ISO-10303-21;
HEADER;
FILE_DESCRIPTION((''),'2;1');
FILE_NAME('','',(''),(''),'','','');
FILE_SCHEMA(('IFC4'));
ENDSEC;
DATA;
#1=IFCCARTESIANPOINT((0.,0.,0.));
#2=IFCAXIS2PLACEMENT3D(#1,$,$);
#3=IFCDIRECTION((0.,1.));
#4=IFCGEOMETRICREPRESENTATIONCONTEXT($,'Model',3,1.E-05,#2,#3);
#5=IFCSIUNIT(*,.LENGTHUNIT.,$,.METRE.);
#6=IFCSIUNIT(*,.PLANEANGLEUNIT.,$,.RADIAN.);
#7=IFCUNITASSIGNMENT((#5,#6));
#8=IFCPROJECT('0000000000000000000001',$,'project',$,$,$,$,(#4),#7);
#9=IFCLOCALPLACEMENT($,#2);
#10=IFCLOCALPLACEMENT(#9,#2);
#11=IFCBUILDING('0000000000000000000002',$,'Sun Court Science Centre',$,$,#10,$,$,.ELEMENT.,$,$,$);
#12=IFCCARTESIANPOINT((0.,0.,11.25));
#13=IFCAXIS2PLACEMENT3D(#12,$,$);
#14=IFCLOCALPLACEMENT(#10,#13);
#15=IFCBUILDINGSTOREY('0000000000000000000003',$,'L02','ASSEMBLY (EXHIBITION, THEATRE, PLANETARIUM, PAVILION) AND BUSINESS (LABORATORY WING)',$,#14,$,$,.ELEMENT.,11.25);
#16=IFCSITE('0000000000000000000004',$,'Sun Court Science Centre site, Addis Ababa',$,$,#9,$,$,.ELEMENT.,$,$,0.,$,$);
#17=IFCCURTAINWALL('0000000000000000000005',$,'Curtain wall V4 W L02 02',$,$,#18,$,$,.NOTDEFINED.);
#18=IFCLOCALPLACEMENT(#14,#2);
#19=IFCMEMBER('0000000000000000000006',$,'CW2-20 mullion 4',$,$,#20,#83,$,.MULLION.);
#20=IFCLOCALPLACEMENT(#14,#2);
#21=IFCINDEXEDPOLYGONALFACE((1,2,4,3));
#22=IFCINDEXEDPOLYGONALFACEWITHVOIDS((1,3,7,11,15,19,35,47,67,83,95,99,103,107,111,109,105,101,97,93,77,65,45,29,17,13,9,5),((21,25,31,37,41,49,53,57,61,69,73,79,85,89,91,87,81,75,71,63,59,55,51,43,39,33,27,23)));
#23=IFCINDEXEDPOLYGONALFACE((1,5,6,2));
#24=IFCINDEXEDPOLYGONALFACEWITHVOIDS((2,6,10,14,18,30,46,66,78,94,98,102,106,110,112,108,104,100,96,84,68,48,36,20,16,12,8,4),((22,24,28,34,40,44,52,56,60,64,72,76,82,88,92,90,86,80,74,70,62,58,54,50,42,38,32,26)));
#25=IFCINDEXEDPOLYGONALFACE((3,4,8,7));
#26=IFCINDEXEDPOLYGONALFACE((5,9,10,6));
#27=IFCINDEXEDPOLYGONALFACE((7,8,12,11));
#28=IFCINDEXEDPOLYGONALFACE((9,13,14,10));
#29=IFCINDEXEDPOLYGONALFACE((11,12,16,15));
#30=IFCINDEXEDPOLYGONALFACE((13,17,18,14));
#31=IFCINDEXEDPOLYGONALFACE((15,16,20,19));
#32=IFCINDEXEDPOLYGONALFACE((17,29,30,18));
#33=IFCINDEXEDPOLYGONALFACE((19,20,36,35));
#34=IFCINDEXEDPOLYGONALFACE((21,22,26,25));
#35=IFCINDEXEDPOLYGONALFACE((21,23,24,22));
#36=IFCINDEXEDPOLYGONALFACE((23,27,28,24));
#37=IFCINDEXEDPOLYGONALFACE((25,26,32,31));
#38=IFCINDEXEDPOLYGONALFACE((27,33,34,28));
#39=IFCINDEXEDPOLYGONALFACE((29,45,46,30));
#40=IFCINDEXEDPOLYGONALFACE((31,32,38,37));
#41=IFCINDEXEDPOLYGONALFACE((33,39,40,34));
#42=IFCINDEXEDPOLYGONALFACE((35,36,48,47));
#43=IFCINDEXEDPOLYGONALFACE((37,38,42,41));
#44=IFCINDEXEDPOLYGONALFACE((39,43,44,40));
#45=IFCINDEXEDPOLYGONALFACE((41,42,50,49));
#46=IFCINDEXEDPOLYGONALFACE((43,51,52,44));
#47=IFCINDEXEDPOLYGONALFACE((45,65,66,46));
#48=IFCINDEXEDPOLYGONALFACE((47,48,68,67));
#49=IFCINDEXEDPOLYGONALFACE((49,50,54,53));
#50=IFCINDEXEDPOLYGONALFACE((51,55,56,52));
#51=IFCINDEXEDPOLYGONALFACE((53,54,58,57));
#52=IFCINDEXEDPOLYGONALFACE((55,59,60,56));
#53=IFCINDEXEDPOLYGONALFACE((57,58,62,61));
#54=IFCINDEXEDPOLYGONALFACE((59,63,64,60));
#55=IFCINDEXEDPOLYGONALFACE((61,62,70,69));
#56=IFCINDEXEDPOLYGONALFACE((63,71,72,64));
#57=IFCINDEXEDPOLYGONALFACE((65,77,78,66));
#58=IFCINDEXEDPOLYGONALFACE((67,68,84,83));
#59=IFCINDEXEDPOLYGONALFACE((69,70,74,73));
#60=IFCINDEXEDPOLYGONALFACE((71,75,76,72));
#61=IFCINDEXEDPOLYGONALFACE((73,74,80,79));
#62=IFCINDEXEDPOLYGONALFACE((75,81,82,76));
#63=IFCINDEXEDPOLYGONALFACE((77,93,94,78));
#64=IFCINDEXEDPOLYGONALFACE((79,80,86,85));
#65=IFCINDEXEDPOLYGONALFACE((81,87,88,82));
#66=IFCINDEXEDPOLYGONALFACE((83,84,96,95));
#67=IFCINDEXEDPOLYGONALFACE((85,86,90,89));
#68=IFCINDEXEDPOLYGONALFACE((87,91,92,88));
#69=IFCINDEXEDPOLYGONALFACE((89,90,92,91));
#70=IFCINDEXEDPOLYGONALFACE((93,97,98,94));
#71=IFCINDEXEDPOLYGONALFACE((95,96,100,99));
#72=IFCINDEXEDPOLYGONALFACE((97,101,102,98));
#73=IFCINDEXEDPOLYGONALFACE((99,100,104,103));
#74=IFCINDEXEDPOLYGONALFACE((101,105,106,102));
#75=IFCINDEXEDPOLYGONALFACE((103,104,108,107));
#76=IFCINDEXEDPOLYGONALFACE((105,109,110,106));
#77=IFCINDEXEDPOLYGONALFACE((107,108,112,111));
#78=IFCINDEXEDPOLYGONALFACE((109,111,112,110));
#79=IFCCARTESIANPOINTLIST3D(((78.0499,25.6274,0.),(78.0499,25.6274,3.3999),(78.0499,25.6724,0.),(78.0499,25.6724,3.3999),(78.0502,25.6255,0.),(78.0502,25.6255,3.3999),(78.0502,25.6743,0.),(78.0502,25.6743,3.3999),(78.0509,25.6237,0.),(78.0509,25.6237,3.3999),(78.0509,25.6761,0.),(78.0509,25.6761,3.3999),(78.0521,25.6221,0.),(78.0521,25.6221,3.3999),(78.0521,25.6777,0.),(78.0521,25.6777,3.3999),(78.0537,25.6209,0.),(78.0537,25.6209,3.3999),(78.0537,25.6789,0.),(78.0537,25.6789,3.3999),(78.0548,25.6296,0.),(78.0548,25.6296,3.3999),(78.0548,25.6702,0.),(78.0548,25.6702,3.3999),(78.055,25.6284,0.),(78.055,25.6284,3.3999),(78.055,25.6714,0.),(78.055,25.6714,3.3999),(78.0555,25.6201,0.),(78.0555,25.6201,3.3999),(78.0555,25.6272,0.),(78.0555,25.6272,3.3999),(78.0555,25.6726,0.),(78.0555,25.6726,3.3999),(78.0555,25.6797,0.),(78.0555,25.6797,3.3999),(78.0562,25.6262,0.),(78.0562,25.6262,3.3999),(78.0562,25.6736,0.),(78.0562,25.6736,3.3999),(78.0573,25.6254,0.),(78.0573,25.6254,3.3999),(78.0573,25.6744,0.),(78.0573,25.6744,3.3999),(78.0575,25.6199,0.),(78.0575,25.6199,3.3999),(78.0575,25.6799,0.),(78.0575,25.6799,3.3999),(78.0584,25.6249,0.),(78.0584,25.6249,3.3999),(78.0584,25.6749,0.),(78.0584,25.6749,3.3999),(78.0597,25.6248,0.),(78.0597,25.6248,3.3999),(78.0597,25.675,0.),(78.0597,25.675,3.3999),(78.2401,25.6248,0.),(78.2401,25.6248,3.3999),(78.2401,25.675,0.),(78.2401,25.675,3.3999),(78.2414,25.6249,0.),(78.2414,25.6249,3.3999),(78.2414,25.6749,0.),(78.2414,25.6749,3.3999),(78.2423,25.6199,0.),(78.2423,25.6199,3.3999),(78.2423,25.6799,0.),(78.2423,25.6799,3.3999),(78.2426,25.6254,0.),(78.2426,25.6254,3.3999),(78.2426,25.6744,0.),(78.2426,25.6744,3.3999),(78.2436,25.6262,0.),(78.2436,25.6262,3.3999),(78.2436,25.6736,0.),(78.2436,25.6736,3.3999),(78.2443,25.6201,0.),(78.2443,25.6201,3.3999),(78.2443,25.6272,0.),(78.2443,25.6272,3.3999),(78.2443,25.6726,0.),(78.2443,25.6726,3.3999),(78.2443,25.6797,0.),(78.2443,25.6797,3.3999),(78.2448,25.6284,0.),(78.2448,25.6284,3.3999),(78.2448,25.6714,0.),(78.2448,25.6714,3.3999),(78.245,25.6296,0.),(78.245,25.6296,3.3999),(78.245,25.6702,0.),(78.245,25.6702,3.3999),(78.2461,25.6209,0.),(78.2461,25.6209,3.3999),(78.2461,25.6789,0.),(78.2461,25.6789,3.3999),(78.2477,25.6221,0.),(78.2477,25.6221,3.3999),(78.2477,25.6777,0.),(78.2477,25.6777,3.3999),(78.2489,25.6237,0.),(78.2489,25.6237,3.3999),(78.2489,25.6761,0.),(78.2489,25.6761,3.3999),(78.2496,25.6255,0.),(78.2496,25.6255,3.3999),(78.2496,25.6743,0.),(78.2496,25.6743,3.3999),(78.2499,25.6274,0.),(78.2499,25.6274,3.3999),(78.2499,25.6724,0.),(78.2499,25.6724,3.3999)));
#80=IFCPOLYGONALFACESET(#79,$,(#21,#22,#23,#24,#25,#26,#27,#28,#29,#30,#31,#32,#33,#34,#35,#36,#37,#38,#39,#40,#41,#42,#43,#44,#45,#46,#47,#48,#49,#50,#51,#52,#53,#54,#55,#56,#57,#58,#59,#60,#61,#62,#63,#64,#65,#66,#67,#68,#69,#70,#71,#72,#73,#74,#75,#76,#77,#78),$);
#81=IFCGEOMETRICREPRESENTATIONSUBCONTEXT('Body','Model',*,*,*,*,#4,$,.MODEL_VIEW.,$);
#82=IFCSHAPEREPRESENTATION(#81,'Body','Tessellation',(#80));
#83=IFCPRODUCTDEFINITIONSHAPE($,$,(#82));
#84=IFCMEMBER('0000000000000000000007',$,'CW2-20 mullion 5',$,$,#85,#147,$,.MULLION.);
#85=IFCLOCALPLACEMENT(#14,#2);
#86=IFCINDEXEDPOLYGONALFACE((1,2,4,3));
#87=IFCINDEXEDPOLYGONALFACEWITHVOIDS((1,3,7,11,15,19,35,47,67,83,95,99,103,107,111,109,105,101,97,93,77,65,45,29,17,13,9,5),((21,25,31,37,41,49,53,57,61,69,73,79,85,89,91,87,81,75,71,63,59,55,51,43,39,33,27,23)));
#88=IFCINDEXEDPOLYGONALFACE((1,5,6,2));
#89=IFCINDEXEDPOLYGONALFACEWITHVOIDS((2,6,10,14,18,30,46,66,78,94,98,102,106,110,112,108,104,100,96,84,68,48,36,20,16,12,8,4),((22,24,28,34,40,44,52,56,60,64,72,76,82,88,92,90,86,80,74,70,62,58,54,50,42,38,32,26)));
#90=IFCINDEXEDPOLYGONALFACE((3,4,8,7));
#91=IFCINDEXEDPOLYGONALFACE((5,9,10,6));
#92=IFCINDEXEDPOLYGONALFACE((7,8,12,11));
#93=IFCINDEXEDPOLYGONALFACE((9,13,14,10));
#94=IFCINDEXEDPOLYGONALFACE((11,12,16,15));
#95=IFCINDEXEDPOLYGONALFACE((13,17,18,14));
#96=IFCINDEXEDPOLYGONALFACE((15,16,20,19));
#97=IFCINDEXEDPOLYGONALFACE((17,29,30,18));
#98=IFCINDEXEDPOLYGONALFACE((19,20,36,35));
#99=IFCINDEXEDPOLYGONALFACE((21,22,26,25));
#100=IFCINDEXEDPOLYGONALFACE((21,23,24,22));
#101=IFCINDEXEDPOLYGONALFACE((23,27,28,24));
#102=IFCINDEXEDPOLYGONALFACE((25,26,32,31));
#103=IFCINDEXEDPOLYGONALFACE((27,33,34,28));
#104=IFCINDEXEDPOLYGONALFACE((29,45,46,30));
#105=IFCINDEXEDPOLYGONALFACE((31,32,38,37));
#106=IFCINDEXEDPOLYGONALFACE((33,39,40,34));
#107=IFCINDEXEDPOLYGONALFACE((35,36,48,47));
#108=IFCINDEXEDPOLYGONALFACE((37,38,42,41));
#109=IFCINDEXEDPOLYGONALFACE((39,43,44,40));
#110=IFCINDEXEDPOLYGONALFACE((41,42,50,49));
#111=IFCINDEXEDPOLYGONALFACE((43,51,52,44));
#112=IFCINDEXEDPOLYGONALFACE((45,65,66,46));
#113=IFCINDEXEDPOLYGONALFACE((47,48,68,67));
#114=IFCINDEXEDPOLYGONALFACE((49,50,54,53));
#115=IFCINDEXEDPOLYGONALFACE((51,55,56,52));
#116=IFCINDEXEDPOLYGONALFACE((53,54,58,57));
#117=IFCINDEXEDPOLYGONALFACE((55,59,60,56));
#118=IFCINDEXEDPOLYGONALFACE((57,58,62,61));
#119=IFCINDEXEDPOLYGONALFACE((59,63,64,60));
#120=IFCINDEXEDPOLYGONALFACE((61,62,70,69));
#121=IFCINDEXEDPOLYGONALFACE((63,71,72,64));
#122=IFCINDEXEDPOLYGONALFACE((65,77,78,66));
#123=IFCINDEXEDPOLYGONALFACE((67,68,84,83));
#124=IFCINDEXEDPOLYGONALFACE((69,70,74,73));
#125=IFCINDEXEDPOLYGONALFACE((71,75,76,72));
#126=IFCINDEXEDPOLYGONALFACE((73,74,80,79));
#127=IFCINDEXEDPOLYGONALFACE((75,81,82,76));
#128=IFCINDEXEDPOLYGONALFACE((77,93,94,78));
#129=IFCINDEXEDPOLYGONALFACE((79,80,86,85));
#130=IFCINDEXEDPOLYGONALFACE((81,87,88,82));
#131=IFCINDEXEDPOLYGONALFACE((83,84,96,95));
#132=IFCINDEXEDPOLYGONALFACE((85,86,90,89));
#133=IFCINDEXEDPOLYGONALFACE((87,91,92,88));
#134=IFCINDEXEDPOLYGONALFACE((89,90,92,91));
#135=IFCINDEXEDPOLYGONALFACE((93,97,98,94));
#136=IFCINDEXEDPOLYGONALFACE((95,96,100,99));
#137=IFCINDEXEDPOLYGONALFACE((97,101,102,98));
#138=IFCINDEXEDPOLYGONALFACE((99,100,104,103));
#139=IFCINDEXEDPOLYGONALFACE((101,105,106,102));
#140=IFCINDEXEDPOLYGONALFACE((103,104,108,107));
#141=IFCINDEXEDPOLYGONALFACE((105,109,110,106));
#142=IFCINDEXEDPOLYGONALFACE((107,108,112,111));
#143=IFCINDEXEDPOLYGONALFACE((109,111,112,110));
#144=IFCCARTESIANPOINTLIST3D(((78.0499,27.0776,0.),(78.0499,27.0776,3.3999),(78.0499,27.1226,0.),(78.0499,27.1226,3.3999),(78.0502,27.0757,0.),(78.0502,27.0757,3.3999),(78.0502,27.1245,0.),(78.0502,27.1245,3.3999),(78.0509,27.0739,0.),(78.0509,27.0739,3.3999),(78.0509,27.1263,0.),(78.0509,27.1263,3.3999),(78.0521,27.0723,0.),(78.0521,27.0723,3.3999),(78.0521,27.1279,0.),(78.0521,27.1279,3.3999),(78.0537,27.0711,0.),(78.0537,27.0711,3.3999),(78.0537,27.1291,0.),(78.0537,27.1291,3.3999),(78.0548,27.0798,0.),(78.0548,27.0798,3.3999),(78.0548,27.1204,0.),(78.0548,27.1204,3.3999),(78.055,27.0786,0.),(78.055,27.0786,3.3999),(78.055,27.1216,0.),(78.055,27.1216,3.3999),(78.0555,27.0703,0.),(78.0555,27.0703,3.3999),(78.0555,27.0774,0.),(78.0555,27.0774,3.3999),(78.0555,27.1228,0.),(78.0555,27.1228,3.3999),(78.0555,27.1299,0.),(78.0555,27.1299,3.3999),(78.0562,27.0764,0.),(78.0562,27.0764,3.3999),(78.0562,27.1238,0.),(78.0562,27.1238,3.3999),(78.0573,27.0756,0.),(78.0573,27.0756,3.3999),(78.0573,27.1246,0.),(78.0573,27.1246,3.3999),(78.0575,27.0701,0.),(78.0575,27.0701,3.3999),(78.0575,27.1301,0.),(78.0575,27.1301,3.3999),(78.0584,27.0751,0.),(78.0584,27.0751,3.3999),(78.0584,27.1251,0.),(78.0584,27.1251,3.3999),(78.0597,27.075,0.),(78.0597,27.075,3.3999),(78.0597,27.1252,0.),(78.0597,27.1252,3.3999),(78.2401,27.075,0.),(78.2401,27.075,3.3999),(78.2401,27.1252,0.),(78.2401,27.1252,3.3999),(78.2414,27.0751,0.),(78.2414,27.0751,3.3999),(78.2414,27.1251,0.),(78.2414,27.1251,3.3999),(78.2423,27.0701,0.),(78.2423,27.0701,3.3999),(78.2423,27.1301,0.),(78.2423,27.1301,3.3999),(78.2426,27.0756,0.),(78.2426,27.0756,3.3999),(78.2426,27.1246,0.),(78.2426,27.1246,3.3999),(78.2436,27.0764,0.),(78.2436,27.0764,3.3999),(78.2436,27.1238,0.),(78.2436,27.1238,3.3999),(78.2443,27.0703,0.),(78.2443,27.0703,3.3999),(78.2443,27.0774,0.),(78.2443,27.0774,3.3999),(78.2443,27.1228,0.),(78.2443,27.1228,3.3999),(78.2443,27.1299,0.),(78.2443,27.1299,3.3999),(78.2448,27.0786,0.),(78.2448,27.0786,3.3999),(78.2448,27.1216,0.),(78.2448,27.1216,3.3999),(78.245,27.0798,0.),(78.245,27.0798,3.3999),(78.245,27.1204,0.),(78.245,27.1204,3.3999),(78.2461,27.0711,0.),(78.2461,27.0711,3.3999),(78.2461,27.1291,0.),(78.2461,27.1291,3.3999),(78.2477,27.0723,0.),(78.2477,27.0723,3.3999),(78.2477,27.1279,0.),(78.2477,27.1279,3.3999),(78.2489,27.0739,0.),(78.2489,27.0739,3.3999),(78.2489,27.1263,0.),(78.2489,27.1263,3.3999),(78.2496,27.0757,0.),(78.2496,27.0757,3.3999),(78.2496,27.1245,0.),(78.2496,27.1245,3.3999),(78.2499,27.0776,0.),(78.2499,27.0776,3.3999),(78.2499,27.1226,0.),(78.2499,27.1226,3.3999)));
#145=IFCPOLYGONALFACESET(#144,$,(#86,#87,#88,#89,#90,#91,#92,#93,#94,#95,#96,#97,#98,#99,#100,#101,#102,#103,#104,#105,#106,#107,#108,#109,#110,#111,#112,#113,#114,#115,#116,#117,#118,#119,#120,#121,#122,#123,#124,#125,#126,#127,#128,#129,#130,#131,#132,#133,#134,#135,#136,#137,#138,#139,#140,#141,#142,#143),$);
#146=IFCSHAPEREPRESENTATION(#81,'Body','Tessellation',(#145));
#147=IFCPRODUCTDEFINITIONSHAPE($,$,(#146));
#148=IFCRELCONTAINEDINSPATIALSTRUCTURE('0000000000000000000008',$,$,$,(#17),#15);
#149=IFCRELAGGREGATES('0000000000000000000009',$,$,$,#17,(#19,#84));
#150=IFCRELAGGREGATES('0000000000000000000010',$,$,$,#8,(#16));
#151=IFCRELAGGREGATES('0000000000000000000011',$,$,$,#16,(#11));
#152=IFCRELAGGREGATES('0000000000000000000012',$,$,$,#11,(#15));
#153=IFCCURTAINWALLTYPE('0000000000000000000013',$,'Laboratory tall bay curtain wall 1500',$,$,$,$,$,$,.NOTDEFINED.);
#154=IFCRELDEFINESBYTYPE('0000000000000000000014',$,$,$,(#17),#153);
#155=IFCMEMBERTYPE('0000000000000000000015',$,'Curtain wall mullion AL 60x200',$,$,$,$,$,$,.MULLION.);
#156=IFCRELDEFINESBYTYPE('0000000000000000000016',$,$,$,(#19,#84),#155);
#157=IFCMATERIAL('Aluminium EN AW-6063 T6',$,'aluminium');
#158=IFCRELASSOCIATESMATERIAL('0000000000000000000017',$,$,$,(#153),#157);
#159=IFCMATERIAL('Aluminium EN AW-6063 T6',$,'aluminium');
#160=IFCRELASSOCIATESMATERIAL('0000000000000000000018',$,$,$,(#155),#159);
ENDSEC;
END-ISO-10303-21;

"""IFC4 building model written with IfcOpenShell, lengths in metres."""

from ifc_helpers import new_model, si_unit, direction, frame, origin, origin_2d, place, context, subcontext, project, spatial, hollow_rectangle, extrude, material, material_profile, profile_set, type_object, element, aggregate, save


model = new_model("IFC4")

# Units and contexts
model_context = context("Model", 3, precision=1e-05, world=origin(), true_north=direction((0.0, 1.0)))
body_context = subcontext(model_context, "Body", "Model", "MODEL_VIEW")
ifc_project = project(units=[si_unit("LENGTHUNIT", "METRE"), si_unit("PLANEANGLEUNIT", "RADIAN")], contexts=[model_context])

# Site, building, storey
site_placement = place(None, origin())
site = spatial("IfcSite", under=ifc_project, at=site_placement, Name="Sun Court Science Centre site, Addis Ababa", CompositionType="ELEMENT", RefElevation=0.0)
building_placement = place(site_placement, origin())
building = spatial("IfcBuilding", under=site, at=building_placement, Name="Sun Court Science Centre", CompositionType="ELEMENT")
storey_placement = place(building_placement, frame((0.0, 0.0, 11.25)))
storey = spatial("IfcBuildingStorey", under=building, at=storey_placement, Name="L02", Description="ASSEMBLY (EXHIBITION, THEATRE, PLANETARIUM, PAVILION) AND BUSINESS (LABORATORY WING)", CompositionType="ELEMENT", Elevation=11.25)

# Curtain wall, members
ifc_material_1 = material(Name="Aluminium EN AW-6063 T6", Category="aluminium")
curtain_wall_type = type_object("IfcCurtainWallType", Name="Laboratory tall bay curtain wall 1500", PredefinedType="NOTDEFINED", material=ifc_material_1)
curtain_wall_1_placement = place(storey_placement, origin())
curtain_wall_1 = element("IfcCurtainWall", 1, at=curtain_wall_1_placement, inside=storey, type_object=curtain_wall_type, Name="Curtain wall V4 W L02 02", PredefinedType="NOTDEFINED")
ifc_material_2 = material(Name="Aluminium EN AW-6063 T6", Category="aluminium")
ifc_material_profile_1 = material_profile(ifc_material_2, hollow_rectangle(XDim=0.0601, YDim=0.2, WallThickness=0.0049, InnerFilletRadius=0.0049, OuterFilletRadius=0.0076, at=origin_2d()), Name="AL 60x200x5")
ifc_profile_set_1 = profile_set([ifc_material_profile_1], Name="Aluminium EN AW-6063 T6")
member_type_1 = type_object("IfcMemberType", Name="Curtain wall mullion AL 60x200", PredefinedType="MULLION", material=ifc_profile_set_1)
member_1_placement = place(storey_placement, frame((78.1499, 25.6499, 0.0), z_axis=(0.0, 0.0, 1.0), x_axis=(0.0, 1.0, 0.0)))
member_1 = element("IfcMember", 2, at=member_1_placement, type_object=member_type_1, Name="CW2-20 mullion 4", PredefinedType="MULLION", context=body_context, shape_type="SweptSolid", body=[
    extrude(hollow_rectangle(XDim=0.0601, YDim=0.2, WallThickness=0.0049, InnerFilletRadius=0.0049, OuterFilletRadius=0.0076, at=origin_2d()), origin(), (0.0, 0.0, 1.0), 3.3999),
])
member_2_placement = place(storey_placement, frame((78.1499, 27.1001, 0.0), z_axis=(0.0, 0.0, 1.0), x_axis=(0.0, 1.0, 0.0)))
member_2 = element("IfcMember", 3, at=member_2_placement, type_object=member_type_1, Name="CW2-20 mullion 5", PredefinedType="MULLION", context=body_context, shape_type="SweptSolid", body=[
    extrude(hollow_rectangle(XDim=0.0601, YDim=0.2, WallThickness=0.0049, InnerFilletRadius=0.0049, OuterFilletRadius=0.0076, at=origin_2d()), origin(), (0.0, 0.0, 1.0), 3.3999),
])

aggregate(curtain_wall_1, [member_1, member_2])

save(model, "model.ifc")
